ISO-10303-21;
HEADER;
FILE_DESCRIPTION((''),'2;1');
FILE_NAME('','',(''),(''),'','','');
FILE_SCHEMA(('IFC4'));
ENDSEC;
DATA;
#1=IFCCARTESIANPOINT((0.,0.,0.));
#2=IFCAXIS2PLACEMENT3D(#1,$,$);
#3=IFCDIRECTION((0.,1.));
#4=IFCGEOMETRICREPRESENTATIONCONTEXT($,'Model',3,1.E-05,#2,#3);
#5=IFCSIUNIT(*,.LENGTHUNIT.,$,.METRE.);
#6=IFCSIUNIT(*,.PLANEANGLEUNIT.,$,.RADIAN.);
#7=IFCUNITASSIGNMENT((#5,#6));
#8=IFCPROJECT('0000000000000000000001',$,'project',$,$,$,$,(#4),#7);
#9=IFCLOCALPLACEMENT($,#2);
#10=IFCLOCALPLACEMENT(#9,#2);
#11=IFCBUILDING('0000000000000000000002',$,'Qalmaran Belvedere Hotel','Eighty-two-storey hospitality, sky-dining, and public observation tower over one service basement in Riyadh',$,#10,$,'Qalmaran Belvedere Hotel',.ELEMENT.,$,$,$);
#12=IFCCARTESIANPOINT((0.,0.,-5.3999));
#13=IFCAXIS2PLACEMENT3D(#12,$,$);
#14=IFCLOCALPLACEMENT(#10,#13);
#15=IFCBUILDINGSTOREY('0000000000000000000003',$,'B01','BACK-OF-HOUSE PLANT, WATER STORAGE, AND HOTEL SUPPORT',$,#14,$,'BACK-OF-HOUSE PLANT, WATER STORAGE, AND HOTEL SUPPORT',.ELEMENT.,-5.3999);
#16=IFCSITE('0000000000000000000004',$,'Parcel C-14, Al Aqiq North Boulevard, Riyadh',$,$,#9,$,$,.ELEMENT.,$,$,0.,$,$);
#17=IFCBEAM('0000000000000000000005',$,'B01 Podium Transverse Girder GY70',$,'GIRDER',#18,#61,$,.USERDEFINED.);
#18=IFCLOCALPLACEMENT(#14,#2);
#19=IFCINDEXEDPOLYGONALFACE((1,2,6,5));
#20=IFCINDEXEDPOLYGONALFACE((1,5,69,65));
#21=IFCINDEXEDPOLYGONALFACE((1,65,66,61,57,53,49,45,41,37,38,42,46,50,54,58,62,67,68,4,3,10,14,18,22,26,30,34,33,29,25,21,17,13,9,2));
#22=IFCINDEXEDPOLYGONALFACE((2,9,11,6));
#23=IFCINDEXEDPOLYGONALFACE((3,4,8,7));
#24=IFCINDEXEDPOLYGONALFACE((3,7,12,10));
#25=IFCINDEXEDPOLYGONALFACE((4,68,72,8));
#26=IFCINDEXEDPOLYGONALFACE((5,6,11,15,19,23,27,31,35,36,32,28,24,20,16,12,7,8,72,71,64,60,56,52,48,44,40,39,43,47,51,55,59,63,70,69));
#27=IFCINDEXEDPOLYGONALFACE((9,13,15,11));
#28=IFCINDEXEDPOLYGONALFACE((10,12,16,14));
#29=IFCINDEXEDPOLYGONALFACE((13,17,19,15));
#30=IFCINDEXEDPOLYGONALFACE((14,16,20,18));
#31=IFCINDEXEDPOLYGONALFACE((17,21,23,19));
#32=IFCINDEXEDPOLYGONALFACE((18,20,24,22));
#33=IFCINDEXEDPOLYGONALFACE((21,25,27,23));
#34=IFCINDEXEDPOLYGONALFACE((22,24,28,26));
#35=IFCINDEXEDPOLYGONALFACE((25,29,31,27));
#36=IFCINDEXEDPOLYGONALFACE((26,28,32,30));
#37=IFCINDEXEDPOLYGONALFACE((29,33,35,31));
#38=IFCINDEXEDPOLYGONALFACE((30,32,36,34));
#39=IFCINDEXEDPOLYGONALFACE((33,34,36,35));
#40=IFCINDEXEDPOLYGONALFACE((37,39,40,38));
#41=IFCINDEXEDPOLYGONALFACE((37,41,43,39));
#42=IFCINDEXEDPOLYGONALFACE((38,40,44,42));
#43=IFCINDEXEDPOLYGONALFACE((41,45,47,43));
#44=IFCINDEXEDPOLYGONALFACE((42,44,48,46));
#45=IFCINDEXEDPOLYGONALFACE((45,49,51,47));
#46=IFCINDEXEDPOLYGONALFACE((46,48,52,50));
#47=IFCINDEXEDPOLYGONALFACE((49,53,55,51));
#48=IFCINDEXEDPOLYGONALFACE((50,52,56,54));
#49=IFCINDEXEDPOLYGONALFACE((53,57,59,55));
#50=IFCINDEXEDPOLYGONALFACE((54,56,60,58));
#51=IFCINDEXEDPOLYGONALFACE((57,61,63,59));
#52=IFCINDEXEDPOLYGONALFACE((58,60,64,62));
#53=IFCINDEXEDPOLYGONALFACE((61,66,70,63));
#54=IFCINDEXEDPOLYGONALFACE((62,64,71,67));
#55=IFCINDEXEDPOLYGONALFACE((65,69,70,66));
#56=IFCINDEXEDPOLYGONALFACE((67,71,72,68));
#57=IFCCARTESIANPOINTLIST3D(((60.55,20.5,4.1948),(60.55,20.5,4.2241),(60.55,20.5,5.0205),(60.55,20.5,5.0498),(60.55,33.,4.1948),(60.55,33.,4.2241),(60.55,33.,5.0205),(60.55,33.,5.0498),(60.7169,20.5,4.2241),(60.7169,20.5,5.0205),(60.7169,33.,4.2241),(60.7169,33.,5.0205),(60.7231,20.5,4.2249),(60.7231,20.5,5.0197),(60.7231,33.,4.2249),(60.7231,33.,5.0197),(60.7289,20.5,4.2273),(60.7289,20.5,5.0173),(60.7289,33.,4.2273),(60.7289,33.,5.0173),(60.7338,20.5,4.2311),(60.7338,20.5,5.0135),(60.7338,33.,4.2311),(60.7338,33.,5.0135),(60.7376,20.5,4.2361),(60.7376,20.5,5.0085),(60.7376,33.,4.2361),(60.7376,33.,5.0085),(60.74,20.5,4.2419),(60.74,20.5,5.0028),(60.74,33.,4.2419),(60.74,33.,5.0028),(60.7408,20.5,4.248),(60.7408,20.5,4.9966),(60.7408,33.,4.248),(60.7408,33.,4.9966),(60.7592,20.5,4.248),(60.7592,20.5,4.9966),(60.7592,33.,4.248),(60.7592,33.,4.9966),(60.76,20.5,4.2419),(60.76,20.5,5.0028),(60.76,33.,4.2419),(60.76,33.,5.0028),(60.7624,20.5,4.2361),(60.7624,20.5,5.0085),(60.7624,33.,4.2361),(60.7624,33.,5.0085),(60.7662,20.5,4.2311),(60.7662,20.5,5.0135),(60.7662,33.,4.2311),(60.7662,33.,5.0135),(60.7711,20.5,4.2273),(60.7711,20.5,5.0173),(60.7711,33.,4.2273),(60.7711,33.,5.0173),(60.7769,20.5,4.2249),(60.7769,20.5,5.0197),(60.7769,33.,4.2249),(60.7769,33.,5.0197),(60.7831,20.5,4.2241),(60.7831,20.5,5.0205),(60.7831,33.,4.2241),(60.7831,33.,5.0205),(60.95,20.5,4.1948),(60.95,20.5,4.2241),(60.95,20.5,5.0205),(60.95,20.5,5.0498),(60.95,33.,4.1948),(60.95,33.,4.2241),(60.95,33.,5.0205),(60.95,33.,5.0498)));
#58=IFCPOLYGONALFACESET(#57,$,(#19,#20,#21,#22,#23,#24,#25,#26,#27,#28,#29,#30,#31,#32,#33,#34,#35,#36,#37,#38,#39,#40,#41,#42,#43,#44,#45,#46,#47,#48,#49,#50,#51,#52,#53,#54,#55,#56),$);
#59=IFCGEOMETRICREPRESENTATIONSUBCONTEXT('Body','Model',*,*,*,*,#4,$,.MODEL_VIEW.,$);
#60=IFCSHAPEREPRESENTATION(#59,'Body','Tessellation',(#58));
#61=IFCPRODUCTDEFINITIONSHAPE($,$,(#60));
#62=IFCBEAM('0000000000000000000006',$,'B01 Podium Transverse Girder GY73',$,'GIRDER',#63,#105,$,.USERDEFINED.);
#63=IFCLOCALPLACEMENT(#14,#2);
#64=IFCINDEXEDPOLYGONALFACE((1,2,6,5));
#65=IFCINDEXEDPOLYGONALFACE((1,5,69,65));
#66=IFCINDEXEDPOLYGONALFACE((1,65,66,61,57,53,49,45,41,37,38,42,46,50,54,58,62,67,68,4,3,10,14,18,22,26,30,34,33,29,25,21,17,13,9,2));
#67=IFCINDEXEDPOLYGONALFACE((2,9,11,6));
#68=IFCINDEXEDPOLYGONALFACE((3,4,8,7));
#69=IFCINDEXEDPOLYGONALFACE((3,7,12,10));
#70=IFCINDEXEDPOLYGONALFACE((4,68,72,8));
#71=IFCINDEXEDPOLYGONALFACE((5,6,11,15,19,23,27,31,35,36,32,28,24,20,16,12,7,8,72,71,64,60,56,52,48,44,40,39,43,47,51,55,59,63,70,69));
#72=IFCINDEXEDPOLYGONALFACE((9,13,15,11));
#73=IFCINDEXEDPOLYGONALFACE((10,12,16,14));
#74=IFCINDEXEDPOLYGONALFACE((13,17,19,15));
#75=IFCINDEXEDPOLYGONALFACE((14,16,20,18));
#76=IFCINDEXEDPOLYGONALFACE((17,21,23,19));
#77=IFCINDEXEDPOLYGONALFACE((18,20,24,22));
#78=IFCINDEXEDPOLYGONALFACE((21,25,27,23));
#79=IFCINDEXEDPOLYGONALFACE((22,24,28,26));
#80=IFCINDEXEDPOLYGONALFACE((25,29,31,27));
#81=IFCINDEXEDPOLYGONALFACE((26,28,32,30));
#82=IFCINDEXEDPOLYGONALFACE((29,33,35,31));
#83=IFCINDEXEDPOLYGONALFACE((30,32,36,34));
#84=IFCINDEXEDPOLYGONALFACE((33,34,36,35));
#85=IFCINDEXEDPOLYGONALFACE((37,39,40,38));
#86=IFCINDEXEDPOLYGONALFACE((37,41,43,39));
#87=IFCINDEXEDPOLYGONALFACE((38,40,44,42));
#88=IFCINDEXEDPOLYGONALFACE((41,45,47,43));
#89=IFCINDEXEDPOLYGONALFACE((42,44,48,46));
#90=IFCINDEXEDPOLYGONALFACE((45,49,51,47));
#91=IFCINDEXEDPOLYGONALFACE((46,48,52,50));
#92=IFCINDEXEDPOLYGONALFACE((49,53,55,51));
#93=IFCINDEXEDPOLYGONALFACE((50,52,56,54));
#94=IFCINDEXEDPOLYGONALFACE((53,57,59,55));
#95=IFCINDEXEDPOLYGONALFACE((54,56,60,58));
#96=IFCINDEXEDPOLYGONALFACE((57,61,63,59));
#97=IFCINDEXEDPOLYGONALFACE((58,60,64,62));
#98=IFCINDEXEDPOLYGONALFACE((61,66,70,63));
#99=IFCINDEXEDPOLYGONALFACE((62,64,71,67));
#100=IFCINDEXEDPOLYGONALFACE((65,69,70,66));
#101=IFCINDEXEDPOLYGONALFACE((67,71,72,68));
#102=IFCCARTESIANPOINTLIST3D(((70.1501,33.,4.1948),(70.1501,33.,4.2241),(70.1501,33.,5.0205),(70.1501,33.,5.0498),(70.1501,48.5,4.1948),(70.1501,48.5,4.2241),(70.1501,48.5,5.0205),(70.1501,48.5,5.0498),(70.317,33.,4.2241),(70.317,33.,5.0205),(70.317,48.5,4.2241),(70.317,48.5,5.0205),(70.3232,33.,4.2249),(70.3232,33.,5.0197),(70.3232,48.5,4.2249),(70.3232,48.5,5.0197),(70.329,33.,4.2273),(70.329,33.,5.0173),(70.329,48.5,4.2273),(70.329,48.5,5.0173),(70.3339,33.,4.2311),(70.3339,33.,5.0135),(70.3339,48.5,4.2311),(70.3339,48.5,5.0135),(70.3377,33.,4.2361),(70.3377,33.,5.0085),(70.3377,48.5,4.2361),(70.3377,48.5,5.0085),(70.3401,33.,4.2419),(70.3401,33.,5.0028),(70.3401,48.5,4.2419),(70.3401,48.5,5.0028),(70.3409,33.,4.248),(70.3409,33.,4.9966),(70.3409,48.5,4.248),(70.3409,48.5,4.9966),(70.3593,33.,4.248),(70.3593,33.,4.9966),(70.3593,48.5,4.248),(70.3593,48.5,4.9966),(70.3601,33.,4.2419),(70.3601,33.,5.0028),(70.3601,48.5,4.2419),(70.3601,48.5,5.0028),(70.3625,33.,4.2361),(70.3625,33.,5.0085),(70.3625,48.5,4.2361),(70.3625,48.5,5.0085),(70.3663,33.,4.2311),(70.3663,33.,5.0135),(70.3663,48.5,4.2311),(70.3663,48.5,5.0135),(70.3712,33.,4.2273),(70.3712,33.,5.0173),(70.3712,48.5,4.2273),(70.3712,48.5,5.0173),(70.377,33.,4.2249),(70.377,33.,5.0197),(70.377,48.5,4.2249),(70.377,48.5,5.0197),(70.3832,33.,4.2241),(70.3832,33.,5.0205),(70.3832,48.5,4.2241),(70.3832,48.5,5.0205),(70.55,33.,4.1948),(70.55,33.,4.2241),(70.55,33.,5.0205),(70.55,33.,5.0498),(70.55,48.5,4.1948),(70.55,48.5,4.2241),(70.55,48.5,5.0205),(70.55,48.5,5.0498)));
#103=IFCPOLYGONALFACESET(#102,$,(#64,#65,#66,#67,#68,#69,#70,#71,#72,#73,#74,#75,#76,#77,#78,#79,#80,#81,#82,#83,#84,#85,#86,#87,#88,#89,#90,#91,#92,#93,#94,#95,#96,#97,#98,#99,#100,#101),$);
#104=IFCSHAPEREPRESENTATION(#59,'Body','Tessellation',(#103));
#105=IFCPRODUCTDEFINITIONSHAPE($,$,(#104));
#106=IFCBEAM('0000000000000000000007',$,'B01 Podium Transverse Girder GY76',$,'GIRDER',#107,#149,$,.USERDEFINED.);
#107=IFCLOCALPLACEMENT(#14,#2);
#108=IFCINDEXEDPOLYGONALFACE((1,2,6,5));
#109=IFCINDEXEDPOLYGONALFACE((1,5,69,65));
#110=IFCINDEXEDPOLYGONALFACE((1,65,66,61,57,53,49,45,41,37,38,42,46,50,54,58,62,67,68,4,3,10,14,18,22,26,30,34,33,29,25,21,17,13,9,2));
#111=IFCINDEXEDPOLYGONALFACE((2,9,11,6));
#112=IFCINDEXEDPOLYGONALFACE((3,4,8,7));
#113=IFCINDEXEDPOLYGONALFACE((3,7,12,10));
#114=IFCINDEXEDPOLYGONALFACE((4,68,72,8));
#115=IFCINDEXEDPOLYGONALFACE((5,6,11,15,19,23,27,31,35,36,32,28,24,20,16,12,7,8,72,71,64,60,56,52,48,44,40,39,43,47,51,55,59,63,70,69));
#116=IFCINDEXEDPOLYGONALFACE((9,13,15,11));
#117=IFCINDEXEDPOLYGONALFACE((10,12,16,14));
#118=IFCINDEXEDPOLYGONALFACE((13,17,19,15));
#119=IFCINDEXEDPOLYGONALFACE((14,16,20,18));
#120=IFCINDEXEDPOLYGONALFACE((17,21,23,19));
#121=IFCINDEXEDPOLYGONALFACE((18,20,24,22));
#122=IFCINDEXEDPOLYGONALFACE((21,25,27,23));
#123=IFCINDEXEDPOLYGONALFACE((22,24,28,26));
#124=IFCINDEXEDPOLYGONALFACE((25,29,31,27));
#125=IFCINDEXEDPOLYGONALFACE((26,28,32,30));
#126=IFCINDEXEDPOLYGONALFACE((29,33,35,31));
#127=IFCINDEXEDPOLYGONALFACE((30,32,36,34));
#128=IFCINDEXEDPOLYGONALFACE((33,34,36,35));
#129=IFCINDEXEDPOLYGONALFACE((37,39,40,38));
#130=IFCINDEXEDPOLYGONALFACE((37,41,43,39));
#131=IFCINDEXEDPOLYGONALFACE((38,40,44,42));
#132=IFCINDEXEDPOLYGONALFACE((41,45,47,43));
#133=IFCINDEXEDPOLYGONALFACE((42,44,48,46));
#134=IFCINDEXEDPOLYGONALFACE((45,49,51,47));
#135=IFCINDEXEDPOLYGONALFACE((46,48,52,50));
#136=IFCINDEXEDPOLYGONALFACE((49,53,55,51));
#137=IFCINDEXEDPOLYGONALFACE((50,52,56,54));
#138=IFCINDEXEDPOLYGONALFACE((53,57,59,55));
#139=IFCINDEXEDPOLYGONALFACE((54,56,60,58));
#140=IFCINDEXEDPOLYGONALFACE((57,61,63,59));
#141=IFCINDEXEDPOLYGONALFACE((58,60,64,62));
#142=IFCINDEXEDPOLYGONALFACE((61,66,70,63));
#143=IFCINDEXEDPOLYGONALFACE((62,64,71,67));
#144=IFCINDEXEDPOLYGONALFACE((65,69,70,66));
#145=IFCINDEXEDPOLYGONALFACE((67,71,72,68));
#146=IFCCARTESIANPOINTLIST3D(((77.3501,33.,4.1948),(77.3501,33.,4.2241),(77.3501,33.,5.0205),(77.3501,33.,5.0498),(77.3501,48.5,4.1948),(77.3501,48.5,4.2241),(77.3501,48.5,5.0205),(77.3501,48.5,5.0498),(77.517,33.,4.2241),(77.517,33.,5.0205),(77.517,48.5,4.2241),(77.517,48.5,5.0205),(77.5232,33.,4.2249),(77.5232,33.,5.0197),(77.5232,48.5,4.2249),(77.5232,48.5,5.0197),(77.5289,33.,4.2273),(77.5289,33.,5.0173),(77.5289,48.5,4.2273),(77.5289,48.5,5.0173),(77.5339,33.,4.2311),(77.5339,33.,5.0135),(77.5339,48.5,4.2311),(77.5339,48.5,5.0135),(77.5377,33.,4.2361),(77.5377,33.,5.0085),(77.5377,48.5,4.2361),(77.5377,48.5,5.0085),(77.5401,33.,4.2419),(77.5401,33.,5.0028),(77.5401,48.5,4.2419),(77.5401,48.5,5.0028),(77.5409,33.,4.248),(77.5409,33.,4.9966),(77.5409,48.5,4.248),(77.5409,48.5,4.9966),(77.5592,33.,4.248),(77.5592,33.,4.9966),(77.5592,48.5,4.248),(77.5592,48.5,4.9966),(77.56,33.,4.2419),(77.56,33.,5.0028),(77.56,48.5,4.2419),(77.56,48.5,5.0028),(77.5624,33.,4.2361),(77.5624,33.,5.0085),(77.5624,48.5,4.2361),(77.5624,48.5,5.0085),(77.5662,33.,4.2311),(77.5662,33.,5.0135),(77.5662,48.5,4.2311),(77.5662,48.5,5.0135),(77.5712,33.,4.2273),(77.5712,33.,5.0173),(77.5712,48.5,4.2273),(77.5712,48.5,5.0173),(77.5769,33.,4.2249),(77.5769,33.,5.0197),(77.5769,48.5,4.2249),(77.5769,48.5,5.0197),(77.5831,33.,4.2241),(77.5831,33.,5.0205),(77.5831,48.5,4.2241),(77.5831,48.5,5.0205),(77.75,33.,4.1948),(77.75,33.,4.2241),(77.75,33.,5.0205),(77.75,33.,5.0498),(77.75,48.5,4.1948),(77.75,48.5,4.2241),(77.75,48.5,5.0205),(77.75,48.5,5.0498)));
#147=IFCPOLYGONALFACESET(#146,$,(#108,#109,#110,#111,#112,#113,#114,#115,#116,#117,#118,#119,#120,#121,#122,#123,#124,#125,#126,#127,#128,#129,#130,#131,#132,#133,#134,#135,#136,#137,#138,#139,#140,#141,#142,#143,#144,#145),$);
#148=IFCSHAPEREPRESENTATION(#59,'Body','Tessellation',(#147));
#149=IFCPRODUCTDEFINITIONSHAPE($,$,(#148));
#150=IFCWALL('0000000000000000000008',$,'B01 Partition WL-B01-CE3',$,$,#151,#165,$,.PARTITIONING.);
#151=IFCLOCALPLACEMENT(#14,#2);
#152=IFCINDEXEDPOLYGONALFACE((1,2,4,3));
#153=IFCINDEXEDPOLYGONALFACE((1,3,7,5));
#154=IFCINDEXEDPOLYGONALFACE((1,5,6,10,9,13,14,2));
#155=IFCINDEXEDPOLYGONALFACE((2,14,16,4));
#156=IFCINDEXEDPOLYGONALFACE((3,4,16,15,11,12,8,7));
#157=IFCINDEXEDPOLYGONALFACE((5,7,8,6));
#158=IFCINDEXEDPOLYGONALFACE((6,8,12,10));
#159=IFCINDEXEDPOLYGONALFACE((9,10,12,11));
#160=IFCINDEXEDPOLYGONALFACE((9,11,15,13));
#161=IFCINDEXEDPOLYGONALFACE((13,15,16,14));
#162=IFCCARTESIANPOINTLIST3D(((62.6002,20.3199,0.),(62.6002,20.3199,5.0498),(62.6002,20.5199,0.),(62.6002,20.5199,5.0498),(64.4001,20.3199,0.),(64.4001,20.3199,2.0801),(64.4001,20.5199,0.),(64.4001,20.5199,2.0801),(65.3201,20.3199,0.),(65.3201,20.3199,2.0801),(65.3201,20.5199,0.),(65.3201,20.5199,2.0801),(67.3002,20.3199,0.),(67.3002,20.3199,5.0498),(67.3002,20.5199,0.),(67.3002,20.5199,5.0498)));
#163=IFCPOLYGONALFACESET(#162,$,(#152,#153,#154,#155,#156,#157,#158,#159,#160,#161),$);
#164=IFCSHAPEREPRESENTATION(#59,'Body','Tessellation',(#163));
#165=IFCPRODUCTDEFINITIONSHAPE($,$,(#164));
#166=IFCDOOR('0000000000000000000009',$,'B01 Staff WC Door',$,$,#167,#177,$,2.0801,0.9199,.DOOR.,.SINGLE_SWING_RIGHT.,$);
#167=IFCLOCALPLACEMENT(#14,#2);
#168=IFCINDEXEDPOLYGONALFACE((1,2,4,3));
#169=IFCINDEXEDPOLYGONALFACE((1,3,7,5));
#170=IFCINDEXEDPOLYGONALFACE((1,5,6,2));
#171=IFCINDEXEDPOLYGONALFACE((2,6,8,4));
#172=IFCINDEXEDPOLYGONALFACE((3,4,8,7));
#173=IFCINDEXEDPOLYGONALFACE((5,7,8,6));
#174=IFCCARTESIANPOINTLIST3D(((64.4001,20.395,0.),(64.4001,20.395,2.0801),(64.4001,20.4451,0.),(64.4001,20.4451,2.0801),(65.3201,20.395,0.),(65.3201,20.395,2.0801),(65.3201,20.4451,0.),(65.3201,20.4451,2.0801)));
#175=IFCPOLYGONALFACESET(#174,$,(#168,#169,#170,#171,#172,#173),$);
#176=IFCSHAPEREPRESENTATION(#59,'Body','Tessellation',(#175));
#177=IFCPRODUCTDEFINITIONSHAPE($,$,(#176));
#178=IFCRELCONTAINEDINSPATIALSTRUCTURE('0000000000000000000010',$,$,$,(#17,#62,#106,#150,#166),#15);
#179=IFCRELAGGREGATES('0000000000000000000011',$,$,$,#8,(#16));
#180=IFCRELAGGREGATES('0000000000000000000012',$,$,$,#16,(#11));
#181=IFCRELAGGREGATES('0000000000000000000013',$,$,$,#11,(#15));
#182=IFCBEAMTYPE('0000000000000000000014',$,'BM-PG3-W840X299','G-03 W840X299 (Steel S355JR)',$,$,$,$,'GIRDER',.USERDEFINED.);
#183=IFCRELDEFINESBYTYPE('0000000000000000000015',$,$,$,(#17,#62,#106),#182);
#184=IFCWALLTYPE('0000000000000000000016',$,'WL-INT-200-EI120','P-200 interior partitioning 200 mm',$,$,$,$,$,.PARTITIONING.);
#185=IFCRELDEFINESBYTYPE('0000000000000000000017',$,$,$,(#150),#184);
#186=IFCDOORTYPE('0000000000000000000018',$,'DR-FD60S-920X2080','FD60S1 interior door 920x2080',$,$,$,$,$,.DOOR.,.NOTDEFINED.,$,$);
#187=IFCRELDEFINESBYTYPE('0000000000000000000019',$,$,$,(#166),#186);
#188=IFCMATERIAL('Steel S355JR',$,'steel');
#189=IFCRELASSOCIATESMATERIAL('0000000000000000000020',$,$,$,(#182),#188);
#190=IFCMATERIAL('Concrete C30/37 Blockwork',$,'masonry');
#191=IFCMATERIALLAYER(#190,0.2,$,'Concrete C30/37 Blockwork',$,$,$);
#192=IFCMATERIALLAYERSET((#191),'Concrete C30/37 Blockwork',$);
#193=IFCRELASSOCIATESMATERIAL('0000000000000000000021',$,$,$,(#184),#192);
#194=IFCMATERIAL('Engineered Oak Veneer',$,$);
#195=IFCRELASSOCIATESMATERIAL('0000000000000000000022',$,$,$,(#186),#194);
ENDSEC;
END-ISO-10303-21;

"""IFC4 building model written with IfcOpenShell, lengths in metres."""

from ifc_helpers import new_model, si_unit, direction, frame, frame_2d, origin, origin_2d, place, context, subcontext, project, spatial, rectangle, i_section, extrude, material, layer, layer_set, material_profile, profile_set, type_object, element, fill, save


model = new_model("IFC4")

# Units and contexts
model_context = context("Model", 3, precision=1e-05, world=origin(), true_north=direction((0.0, 1.0)))
body_context = subcontext(model_context, "Body", "Model", "MODEL_VIEW")
ifc_project = project(units=[si_unit("LENGTHUNIT", "METRE"), si_unit("PLANEANGLEUNIT", "RADIAN")], contexts=[model_context])

# Site, building, storey
site_placement = place(None, origin())
site = spatial("IfcSite", under=ifc_project, at=site_placement, Name="Parcel C-14, Al Aqiq North Boulevard, Riyadh", CompositionType="ELEMENT", RefElevation=0.0)
building_placement = place(site_placement, origin())
building = spatial("IfcBuilding", under=site, at=building_placement, Name="Qalmaran Belvedere Hotel", Description="Eighty-two-storey hospitality, sky-dining, and public observation tower over one service basement in Riyadh", LongName="Qalmaran Belvedere Hotel", CompositionType="ELEMENT")
storey_placement = place(building_placement, frame((0.0, 0.0, -5.3999)))
storey = spatial("IfcBuildingStorey", under=building, at=storey_placement, Name="B01", Description="BACK-OF-HOUSE PLANT, WATER STORAGE, AND HOTEL SUPPORT", LongName="BACK-OF-HOUSE PLANT, WATER STORAGE, AND HOTEL SUPPORT", CompositionType="ELEMENT", Elevation=-5.3999)

# Beams
ifc_material_1 = material(Name="Steel S355JR", Category="steel")
ifc_material_profile_1 = material_profile(ifc_material_1, i_section(OverallWidth=0.3999, OverallDepth=0.855, WebThickness=0.0183, FlangeThickness=0.0293, FilletRadius=0.0239, at=origin_2d()), Name="W840X299")
ifc_profile_set_1 = profile_set([ifc_material_profile_1], Name="Steel S355JR")
beam_type_1 = type_object("IfcBeamType", Name="BM-PG3-W840X299", Description="G-03 W840X299 (Steel S355JR)", ElementType="GIRDER", PredefinedType="USERDEFINED", material=ifc_profile_set_1)
beam_1_placement = place(storey_placement, frame((60.75, 20.5, 4.6223), z_axis=(0.0, 1.0, 0.0), x_axis=(-1.0, 0.0, 0.0)))
element("IfcBeam", 1, at=beam_1_placement, inside=storey, type_object=beam_type_1, Name="B01 Podium Transverse Girder GY70", ObjectType="GIRDER", PredefinedType="USERDEFINED", context=body_context, shape_type="SweptSolid", body=[
    extrude(i_section(OverallWidth=0.3999, OverallDepth=0.855, WebThickness=0.0183, FlangeThickness=0.0293, FilletRadius=0.0239, at=origin_2d()), origin(), (0.0, 0.0, 1.0), 12.5),
])
for number, where, z_axis, x_axis, name in (
    (2, (70.3501, 33.0, 4.6223), (0.0, 1.0, 0.0), (-1.0, 0.0, 0.0), "B01 Podium Transverse Girder GY73"),
    (3, (77.55, 33.0, 4.6223), (0.0, 1.0, 0.0), (-1.0, 0.0, 0.0), "B01 Podium Transverse Girder GY76"),
):
    element("IfcBeam", number, at=place(storey_placement, frame(where, z_axis=z_axis, x_axis=x_axis)), inside=storey, type_object=beam_type_1, Name=name, ObjectType="GIRDER", PredefinedType="USERDEFINED", context=body_context, shape_type="SweptSolid", body=[
        extrude(i_section(OverallWidth=0.3999, OverallDepth=0.855, WebThickness=0.0183, FlangeThickness=0.0293, FilletRadius=0.0239, at=origin_2d()), origin(), (0.0, 0.0, 1.0), 15.5),
    ])

# Wall, opening, door
ifc_material_2 = material(Name="Concrete C30/37 Blockwork", Category="masonry")
ifc_layer = layer(ifc_material_2, 0.2, Name="Concrete C30/37 Blockwork")
ifc_layer_set = layer_set([ifc_layer], Name="Concrete C30/37 Blockwork")
wall_type = type_object("IfcWallType", Name="WL-INT-200-EI120", Description="P-200 interior partitioning 200 mm", PredefinedType="PARTITIONING", material=ifc_layer_set)
wall_placement = place(storey_placement, frame((62.6001, 20.4199, 0.0), z_axis=(0.0, 0.0, 1.0), x_axis=(1.0, 0.0, 0.0)))
wall = element("IfcWall", 4, at=wall_placement, inside=storey, type_object=wall_type, Name="B01 Partition WL-B01-CE3", PredefinedType="PARTITIONING", context=body_context, shape_type="SweptSolid", body=[
    extrude(rectangle(XDim=4.7, YDim=0.2, at=frame_2d((2.3501, 0.0))), origin(), (0.0, 0.0, 1.0), 5.0498),
])
opening_placement = place(wall_placement, frame((2.72, 0.0, 0.0), z_axis=(0.0, 0.0, 1.0), x_axis=(-1.0, 0.0, 0.0)))
opening = element("IfcOpeningElement", 5, at=opening_placement, cuts=wall, PredefinedType="OPENING", context=body_context, shape_type="SweptSolid", body=[
    extrude(rectangle(XDim=0.9199, YDim=2.0801, at=frame_2d((0.46, 1.04))), frame((0.0, 0.1099, 0.0), z_axis=(0.0, -1.0, 0.0), x_axis=(1.0, 0.0, 0.0)), (0.0, 0.0, 1.0), 0.22),
])
ifc_material_3 = material(Name="Engineered Oak Veneer")
door_type = type_object("IfcDoorType", Name="DR-FD60S-920X2080", Description="FD60S1 interior door 920x2080", OperationType="NOTDEFINED", PredefinedType="DOOR", material=ifc_material_3)
door_placement = place(opening_placement, origin())
door = element("IfcDoor", 6, at=door_placement, inside=storey, type_object=door_type, Name="B01 Staff WC Door", OperationType="SINGLE_SWING_RIGHT", OverallHeight=2.0801, OverallWidth=0.9199, PredefinedType="DOOR", context=body_context, shape_type="SweptSolid", body=[
    extrude(rectangle(XDim=0.9199, YDim=2.0801, at=frame_2d((0.46, 1.04))), frame((0.0, 0.0249, 0.0), z_axis=(0.0, -1.0, 0.0), x_axis=(1.0, 0.0, 0.0)), (0.0, 0.0, 1.0), 0.05),
])
fill(opening, door)

save(model, "model.ifc")
